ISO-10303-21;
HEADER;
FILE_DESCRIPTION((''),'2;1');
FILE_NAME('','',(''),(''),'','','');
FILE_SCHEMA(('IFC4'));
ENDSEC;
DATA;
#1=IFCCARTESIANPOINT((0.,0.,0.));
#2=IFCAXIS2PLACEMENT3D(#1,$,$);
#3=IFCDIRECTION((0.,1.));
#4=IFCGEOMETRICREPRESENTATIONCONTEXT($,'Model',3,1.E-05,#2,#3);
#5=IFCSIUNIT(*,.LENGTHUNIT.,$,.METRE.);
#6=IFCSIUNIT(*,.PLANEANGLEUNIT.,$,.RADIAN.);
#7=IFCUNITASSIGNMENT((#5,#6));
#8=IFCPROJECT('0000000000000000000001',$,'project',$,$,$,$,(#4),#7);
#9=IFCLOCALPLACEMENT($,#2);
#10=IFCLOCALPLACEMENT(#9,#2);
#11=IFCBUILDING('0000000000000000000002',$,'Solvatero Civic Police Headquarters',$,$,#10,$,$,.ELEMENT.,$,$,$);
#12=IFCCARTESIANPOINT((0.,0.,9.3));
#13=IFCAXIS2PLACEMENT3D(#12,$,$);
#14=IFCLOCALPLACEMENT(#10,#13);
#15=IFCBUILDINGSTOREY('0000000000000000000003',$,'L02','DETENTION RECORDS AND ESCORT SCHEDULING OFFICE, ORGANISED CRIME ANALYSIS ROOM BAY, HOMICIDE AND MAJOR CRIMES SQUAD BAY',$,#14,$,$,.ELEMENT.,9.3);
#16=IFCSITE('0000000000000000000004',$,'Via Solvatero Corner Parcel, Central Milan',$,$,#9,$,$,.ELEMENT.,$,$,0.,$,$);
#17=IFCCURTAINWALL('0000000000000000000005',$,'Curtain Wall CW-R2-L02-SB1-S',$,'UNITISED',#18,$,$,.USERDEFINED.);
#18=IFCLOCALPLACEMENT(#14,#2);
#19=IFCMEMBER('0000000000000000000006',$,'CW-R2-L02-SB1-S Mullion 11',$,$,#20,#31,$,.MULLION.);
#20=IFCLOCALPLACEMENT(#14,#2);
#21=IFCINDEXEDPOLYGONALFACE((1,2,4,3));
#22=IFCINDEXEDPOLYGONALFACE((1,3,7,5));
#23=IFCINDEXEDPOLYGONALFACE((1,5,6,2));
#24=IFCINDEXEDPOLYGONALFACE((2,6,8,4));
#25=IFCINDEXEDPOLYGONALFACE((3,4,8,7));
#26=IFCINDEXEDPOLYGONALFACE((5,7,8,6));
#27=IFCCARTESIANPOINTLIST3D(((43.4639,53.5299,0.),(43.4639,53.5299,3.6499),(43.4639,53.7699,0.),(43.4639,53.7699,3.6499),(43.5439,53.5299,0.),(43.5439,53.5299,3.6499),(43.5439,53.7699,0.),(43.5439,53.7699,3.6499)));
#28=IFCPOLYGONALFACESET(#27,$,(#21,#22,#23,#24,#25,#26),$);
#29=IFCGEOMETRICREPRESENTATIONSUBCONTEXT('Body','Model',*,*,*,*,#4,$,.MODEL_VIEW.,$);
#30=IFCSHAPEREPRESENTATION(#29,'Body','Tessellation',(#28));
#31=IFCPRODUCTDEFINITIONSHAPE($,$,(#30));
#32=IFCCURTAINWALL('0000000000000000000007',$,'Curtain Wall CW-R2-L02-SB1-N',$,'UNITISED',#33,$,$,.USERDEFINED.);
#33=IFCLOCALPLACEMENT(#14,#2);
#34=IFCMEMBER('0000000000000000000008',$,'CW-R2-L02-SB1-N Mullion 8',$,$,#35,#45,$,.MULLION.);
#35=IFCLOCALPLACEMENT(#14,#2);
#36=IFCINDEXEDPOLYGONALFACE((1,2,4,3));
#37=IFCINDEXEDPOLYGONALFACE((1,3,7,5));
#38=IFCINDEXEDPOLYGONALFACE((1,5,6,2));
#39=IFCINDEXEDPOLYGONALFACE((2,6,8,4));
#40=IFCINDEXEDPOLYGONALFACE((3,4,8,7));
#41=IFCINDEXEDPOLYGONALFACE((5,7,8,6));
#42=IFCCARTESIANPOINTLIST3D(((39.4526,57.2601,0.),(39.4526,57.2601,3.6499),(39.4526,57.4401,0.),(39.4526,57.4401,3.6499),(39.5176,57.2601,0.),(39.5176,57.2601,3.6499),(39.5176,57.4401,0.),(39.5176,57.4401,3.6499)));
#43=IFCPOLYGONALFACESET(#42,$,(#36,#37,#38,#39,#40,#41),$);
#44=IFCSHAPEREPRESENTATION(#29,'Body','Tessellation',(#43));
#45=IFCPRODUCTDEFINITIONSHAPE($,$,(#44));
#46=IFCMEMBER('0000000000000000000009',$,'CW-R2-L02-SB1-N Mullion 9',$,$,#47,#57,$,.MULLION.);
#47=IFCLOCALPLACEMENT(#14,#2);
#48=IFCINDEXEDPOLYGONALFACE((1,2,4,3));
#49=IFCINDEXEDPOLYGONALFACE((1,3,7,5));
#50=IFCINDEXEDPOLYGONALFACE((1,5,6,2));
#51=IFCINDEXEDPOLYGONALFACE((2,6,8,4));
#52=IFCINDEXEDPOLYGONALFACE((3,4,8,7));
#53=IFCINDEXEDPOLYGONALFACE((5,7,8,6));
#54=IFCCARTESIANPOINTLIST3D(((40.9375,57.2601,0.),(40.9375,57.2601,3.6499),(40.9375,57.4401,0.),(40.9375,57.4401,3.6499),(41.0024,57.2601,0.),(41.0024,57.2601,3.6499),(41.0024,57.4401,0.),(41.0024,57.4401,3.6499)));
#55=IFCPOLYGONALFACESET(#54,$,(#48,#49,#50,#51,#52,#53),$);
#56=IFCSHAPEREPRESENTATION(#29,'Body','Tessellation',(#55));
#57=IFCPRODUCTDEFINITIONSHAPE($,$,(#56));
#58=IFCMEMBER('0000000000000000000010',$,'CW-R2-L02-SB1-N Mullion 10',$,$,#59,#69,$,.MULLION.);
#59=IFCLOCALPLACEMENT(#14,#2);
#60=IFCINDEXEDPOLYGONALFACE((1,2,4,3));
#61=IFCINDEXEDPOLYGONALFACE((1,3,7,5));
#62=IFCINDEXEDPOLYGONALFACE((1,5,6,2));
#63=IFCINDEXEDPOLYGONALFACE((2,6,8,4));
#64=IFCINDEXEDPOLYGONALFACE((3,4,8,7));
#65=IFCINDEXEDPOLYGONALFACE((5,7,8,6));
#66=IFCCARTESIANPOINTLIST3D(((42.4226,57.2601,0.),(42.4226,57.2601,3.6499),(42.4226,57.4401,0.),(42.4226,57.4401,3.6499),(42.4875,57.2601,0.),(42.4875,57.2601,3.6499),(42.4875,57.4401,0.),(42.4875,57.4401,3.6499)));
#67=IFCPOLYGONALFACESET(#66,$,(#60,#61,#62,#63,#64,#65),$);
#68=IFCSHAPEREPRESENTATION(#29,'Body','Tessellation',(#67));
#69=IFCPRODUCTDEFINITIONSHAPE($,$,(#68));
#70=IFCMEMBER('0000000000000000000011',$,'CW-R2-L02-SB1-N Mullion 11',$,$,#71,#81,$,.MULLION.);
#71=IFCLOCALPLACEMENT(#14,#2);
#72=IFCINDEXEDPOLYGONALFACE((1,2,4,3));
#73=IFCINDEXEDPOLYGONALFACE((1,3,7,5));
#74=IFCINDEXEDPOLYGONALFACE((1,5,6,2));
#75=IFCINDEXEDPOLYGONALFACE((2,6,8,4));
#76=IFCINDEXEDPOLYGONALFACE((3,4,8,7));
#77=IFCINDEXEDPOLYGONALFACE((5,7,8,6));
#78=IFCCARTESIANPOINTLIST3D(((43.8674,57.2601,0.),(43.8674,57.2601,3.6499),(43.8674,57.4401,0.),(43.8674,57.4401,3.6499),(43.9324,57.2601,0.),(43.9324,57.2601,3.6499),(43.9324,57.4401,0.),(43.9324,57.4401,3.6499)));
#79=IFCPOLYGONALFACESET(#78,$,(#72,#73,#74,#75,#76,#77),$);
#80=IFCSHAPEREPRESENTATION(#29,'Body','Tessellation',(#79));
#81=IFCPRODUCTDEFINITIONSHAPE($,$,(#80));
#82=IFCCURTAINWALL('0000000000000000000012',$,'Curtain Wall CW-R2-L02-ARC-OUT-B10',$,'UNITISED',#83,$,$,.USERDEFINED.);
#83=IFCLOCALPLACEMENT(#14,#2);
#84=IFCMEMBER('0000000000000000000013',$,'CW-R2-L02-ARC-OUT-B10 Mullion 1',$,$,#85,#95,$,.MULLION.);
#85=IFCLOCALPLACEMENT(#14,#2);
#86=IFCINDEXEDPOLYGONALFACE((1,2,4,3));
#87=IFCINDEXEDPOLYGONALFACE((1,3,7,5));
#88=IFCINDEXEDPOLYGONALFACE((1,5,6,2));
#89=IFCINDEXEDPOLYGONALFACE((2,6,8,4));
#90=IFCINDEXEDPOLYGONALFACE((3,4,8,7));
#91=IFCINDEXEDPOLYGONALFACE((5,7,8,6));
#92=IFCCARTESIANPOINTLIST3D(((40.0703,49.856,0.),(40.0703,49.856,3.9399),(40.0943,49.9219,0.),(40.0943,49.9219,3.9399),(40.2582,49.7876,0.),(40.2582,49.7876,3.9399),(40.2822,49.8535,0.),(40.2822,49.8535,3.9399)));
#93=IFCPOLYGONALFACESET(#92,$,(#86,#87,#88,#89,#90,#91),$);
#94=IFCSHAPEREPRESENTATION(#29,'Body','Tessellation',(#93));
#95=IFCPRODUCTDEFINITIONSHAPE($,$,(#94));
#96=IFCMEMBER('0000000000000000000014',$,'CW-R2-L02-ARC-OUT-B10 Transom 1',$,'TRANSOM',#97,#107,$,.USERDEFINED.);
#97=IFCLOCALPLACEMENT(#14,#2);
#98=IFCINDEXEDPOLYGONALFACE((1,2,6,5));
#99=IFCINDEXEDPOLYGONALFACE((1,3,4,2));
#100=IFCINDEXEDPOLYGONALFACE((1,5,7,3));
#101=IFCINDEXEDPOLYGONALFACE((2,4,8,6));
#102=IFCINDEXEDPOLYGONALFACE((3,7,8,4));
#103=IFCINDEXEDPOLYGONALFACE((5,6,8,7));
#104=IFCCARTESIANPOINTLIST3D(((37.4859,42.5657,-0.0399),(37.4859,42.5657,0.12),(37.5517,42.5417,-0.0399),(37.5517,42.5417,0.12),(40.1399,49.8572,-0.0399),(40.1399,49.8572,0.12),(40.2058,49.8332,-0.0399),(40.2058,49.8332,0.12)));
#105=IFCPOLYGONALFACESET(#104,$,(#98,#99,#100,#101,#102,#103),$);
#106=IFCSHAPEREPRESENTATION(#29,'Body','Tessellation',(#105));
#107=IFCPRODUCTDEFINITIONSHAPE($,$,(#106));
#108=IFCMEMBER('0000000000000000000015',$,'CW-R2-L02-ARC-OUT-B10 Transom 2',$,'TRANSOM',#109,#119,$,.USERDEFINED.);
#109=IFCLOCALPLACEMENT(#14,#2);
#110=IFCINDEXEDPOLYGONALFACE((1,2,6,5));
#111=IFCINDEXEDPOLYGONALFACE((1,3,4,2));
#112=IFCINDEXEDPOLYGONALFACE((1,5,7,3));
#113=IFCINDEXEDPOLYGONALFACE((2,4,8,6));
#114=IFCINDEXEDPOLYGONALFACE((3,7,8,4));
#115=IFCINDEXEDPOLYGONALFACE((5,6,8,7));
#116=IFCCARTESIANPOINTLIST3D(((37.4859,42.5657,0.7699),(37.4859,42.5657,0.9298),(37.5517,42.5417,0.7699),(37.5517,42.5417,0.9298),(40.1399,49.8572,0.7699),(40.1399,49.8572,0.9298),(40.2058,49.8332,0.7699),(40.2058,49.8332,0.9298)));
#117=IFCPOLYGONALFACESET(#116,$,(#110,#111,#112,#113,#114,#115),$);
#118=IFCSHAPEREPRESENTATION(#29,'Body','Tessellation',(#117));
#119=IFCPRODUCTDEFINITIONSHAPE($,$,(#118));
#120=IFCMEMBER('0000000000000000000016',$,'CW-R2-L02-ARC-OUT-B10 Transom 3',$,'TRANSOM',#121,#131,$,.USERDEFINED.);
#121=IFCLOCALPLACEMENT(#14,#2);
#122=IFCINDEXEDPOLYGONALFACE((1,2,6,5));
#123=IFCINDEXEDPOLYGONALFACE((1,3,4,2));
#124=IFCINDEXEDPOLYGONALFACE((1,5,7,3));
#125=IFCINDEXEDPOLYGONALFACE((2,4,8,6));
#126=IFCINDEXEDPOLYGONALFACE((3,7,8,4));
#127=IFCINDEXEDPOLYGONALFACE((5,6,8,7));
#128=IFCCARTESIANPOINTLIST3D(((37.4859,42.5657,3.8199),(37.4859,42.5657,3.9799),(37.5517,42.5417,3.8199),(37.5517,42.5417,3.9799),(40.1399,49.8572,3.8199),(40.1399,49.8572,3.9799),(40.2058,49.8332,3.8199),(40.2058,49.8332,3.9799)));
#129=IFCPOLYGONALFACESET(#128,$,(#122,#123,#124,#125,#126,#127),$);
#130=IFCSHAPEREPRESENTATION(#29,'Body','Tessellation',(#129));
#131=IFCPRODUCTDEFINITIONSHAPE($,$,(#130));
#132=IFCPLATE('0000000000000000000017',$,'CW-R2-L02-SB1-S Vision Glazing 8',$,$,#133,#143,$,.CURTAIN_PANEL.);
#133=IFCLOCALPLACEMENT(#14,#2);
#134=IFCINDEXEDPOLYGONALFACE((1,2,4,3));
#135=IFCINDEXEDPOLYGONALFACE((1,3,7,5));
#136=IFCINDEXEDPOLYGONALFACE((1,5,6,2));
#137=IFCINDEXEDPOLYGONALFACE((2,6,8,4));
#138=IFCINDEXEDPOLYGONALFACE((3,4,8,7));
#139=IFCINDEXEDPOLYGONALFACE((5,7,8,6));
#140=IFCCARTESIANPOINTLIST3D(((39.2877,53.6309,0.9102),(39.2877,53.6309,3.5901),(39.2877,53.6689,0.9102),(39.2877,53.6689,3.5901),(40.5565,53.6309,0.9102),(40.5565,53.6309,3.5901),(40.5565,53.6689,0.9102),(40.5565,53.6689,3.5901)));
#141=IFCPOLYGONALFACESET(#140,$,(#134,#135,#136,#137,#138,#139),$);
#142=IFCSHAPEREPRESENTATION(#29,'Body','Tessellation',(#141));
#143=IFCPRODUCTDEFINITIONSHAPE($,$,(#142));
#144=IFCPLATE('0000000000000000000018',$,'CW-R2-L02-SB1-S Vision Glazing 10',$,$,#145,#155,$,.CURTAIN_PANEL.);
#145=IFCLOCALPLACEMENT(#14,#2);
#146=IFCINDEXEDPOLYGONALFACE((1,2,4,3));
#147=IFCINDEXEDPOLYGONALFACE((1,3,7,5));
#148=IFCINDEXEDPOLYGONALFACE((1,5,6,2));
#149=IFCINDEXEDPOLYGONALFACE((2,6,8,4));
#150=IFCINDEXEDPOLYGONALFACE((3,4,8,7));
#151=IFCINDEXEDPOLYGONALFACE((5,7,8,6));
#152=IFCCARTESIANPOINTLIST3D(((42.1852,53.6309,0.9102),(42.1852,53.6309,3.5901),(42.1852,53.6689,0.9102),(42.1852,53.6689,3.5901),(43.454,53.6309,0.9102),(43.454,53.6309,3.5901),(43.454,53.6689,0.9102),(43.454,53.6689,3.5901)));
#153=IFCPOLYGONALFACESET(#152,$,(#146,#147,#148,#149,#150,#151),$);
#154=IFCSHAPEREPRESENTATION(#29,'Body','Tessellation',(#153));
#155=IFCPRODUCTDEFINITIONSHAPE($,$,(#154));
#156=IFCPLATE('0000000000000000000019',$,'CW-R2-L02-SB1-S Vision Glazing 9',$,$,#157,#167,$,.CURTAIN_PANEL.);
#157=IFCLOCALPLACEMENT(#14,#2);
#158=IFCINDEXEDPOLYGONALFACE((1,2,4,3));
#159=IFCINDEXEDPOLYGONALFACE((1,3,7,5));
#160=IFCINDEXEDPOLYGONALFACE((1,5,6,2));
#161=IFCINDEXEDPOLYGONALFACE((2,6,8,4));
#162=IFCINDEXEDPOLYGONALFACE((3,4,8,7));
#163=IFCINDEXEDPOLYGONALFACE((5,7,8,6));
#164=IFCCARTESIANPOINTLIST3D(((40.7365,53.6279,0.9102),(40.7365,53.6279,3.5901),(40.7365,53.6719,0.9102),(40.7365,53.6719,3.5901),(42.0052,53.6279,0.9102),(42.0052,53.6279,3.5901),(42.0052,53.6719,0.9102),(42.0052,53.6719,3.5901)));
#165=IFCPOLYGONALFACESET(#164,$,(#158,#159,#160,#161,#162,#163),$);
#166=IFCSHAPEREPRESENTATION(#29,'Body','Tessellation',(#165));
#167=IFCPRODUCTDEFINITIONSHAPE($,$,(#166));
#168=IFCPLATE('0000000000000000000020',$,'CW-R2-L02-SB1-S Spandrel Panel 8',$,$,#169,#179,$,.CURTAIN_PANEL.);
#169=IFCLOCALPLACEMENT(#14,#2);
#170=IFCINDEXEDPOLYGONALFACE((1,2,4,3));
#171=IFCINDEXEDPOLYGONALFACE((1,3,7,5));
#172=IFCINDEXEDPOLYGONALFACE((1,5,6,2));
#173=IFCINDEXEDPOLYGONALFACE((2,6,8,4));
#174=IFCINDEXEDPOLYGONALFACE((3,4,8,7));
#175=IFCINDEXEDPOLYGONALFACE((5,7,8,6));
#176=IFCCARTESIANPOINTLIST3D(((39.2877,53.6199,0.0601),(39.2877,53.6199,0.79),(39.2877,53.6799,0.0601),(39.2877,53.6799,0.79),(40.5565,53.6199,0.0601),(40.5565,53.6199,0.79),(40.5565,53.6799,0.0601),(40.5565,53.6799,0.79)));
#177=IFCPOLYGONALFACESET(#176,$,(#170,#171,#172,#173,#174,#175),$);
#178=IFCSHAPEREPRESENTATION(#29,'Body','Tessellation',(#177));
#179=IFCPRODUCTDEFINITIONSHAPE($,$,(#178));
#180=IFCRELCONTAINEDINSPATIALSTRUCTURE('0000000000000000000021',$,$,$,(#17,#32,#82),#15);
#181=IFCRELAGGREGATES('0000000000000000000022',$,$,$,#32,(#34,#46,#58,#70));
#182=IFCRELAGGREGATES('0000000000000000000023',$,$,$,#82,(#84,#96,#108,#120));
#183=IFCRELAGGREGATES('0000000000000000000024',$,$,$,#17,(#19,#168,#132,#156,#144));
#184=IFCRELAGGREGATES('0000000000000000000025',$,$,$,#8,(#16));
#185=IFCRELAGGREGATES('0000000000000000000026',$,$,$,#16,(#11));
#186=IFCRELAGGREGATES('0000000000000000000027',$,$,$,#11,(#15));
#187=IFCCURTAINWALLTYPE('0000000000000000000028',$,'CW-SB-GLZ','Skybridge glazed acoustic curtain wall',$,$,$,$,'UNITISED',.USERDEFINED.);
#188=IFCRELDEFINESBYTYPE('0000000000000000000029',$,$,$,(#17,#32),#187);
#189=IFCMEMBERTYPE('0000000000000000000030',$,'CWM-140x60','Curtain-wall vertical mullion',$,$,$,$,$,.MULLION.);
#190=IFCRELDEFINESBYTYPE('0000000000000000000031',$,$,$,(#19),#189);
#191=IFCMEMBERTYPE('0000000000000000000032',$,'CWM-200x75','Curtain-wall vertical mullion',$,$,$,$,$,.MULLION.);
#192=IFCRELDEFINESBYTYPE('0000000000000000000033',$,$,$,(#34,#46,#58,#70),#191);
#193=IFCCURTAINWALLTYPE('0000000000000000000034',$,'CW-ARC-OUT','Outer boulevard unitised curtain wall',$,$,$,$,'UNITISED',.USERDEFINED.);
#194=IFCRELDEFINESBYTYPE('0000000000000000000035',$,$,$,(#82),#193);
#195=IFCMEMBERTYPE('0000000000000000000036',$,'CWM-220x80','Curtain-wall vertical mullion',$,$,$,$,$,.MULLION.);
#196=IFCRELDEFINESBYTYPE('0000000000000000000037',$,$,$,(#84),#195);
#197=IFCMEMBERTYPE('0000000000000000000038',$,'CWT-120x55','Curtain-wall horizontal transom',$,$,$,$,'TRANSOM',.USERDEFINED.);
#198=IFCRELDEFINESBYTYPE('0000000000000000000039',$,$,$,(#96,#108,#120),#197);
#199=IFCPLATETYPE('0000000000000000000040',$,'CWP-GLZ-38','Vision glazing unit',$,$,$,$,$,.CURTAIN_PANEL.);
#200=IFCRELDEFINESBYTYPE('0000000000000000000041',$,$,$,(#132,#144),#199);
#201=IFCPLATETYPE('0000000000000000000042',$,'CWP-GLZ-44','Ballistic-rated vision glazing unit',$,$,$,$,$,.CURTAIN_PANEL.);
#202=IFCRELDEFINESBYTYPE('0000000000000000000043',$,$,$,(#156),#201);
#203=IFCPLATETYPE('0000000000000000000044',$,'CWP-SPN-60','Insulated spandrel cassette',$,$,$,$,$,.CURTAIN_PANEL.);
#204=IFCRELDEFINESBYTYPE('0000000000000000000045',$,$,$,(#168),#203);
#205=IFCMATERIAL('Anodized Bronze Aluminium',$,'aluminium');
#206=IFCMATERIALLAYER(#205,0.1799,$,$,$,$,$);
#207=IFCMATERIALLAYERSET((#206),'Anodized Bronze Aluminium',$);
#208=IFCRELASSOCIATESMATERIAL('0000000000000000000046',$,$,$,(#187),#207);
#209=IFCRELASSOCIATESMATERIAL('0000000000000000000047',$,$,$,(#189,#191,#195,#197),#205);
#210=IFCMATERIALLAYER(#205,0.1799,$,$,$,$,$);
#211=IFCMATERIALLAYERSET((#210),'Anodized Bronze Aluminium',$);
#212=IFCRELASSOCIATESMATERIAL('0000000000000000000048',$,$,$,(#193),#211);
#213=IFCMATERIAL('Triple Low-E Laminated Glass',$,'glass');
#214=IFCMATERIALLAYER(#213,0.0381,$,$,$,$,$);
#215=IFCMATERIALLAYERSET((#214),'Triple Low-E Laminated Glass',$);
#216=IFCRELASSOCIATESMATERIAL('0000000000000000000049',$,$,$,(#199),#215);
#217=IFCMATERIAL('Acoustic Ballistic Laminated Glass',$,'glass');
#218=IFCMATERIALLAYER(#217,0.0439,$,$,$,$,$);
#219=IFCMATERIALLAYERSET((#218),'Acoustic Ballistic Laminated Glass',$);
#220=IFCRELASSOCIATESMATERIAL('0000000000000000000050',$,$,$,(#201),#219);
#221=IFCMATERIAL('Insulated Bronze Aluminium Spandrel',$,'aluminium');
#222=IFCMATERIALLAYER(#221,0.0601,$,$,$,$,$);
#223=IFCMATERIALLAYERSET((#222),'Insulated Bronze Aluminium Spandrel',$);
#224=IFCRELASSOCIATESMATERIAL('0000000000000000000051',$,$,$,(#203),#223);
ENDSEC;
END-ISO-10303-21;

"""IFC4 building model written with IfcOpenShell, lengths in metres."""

from ifc_helpers import new_model, si_unit, direction, frame, origin, origin_2d, place, context, subcontext, project, spatial, rectangle, extrude, material, layer, layer_set, material_profile, profile_set, type_object, element, aggregate, save


model = new_model("IFC4")

# Units and contexts
model_context = context("Model", 3, precision=1e-05, world=origin(), true_north=direction((0.0, 1.0)))
body_context = subcontext(model_context, "Body", "Model", "MODEL_VIEW")
ifc_project = project(units=[si_unit("LENGTHUNIT", "METRE"), si_unit("PLANEANGLEUNIT", "RADIAN")], contexts=[model_context])

# Site, building, storey
site_placement = place(None, origin())
site = spatial("IfcSite", under=ifc_project, at=site_placement, Name="Via Solvatero Corner Parcel, Central Milan", CompositionType="ELEMENT", RefElevation=0.0)
building_placement = place(site_placement, origin())
building = spatial("IfcBuilding", under=site, at=building_placement, Name="Solvatero Civic Police Headquarters", CompositionType="ELEMENT")
storey_placement = place(building_placement, frame((0.0, 0.0, 9.3)))
storey = spatial("IfcBuildingStorey", under=building, at=storey_placement, Name="L02", Description="DETENTION RECORDS AND ESCORT SCHEDULING OFFICE, ORGANISED CRIME ANALYSIS ROOM BAY, HOMICIDE AND MAJOR CRIMES SQUAD BAY", CompositionType="ELEMENT", Elevation=9.3)

# Curtain walls, members
ifc_material_1 = material(Name="Anodized Bronze Aluminium", Category="aluminium")
ifc_layer_1 = layer(ifc_material_1, 0.1799)
ifc_layer_set_1 = layer_set([ifc_layer_1], Name="Anodized Bronze Aluminium")
curtain_wall_type_1 = type_object("IfcCurtainWallType", Name="CW-SB-GLZ", Description="Skybridge glazed acoustic curtain wall", ElementType="UNITISED", PredefinedType="USERDEFINED", material=ifc_layer_set_1)
curtain_wall_1_placement = place(storey_placement, origin())
curtain_wall_1 = element("IfcCurtainWall", 1, at=curtain_wall_1_placement, inside=storey, type_object=curtain_wall_type_1, Name="Curtain Wall CW-R2-L02-SB1-S", ObjectType="UNITISED", PredefinedType="USERDEFINED")
ifc_material_profile_1 = material_profile(ifc_material_1, rectangle(XDim=0.0801, YDim=0.24, at=origin_2d()), Name="ALU MULLION 80x240")
ifc_profile_set_1 = profile_set([ifc_material_profile_1], Name="Anodized Bronze Aluminium")
member_type_1 = type_object("IfcMemberType", Name="CWM-140x60", Description="Curtain-wall vertical mullion", PredefinedType="MULLION", material=ifc_profile_set_1)
member_1_placement = place(storey_placement, frame((43.5039, 53.6499, 0.0), z_axis=(0.0, 0.0, 1.0), x_axis=(1.0, 0.0, 0.0)))
member_1 = element("IfcMember", 2, at=member_1_placement, type_object=member_type_1, Name="CW-R2-L02-SB1-S Mullion 11", PredefinedType="MULLION", context=body_context, shape_type="SweptSolid", body=[
    extrude(rectangle(XDim=0.0801, YDim=0.24, at=origin_2d()), origin(), (0.0, 0.0, 1.0), 3.6499),
])
curtain_wall_2_placement = place(storey_placement, origin())
curtain_wall_2 = element("IfcCurtainWall", 3, at=curtain_wall_2_placement, inside=storey, type_object=curtain_wall_type_1, Name="Curtain Wall CW-R2-L02-SB1-N", ObjectType="UNITISED", PredefinedType="USERDEFINED")
ifc_material_profile_2 = material_profile(ifc_material_1, rectangle(XDim=0.0649, YDim=0.1799, at=origin_2d()), Name="ALU MULLION 65x180")
ifc_profile_set_2 = profile_set([ifc_material_profile_2], Name="Anodized Bronze Aluminium")
member_type_2 = type_object("IfcMemberType", Name="CWM-200x75", Description="Curtain-wall vertical mullion", PredefinedType="MULLION", material=ifc_profile_set_2)
member_2_placement = place(storey_placement, frame((39.4851, 57.3501, 0.0), z_axis=(0.0, 0.0, 1.0), x_axis=(1.0, 0.0, 0.0)))
member_2 = element("IfcMember", 4, at=member_2_placement, type_object=member_type_2, Name="CW-R2-L02-SB1-N Mullion 8", PredefinedType="MULLION", context=body_context, shape_type="SweptSolid", body=[
    extrude(rectangle(XDim=0.0649, YDim=0.1799, at=origin_2d()), origin(), (0.0, 0.0, 1.0), 3.6499),
])
member_3_placement = place(storey_placement, frame((40.97, 57.3501, 0.0), z_axis=(0.0, 0.0, 1.0), x_axis=(1.0, 0.0, 0.0)))
member_3 = element("IfcMember", 5, at=member_3_placement, type_object=member_type_2, Name="CW-R2-L02-SB1-N Mullion 9", PredefinedType="MULLION", context=body_context, shape_type="SweptSolid", body=[
    extrude(rectangle(XDim=0.0649, YDim=0.1799, at=origin_2d()), origin(), (0.0, 0.0, 1.0), 3.6499),
])
member_4_placement = place(storey_placement, frame((42.4551, 57.3501, 0.0), z_axis=(0.0, 0.0, 1.0), x_axis=(1.0, 0.0, 0.0)))
member_4 = element("IfcMember", 6, at=member_4_placement, type_object=member_type_2, Name="CW-R2-L02-SB1-N Mullion 10", PredefinedType="MULLION", context=body_context, shape_type="SweptSolid", body=[
    extrude(rectangle(XDim=0.0649, YDim=0.1799, at=origin_2d()), origin(), (0.0, 0.0, 1.0), 3.6499),
])
member_5_placement = place(storey_placement, frame((43.8999, 57.3501, 0.0), z_axis=(0.0, 0.0, 1.0), x_axis=(1.0, 0.0, 0.0)))
member_5 = element("IfcMember", 7, at=member_5_placement, type_object=member_type_2, Name="CW-R2-L02-SB1-N Mullion 11", PredefinedType="MULLION", context=body_context, shape_type="SweptSolid", body=[
    extrude(rectangle(XDim=0.0649, YDim=0.1799, at=origin_2d()), origin(), (0.0, 0.0, 1.0), 3.6499),
])
aggregate(curtain_wall_2, [member_2, member_3, member_4, member_5])
ifc_layer_2 = layer(ifc_material_1, 0.1799)
ifc_layer_set_2 = layer_set([ifc_layer_2], Name="Anodized Bronze Aluminium")
curtain_wall_type_2 = type_object("IfcCurtainWallType", Name="CW-ARC-OUT", Description="Outer boulevard unitised curtain wall", ElementType="UNITISED", PredefinedType="USERDEFINED", material=ifc_layer_set_2)
curtain_wall_3_placement = place(storey_placement, origin())
curtain_wall_3 = element("IfcCurtainWall", 8, at=curtain_wall_3_placement, inside=storey, type_object=curtain_wall_type_2, Name="Curtain Wall CW-R2-L02-ARC-OUT-B10", ObjectType="UNITISED", PredefinedType="USERDEFINED")
ifc_material_profile_3 = material_profile(ifc_material_1, rectangle(XDim=0.0701, YDim=0.2, at=origin_2d()), Name="ALU MULLION 70x200")
ifc_profile_set_3 = profile_set([ifc_material_profile_3], Name="Anodized Bronze Aluminium")
member_type_3 = type_object("IfcMemberType", Name="CWM-220x80", Description="Curtain-wall vertical mullion", PredefinedType="MULLION", material=ifc_profile_set_3)
member_6_placement = place(storey_placement, frame((40.1763, 49.8547, 0.0), z_axis=(0.0, 0.0, 1.0), x_axis=(-0.34202, -0.939693, 0.0)))
member_6 = element("IfcMember", 9, at=member_6_placement, type_object=member_type_3, Name="CW-R2-L02-ARC-OUT-B10 Mullion 1", PredefinedType="MULLION", context=body_context, shape_type="SweptSolid", body=[
    extrude(rectangle(XDim=0.0701, YDim=0.2, at=origin_2d()), origin(), (0.0, 0.0, 1.0), 3.9399),
])
ifc_material_profile_4 = material_profile(ifc_material_1, rectangle(XDim=0.0701, YDim=0.1599, at=origin_2d()), Name="ALU TRANSOM 70x160")
ifc_profile_set_4 = profile_set([ifc_material_profile_4], Name="Anodized Bronze Aluminium")
member_type_4 = type_object("IfcMemberType", Name="CWT-120x55", Description="Curtain-wall horizontal transom", ElementType="TRANSOM", PredefinedType="USERDEFINED", material=ifc_profile_set_4)
member_7_placement = place(storey_placement, frame((40.1729, 49.8452, 0.04), z_axis=(-0.342039, -0.939686, 0.0), x_axis=(0.939686, -0.342039, 0.0)))
member_7 = element("IfcMember", 10, at=member_7_placement, type_object=member_type_4, Name="CW-R2-L02-ARC-OUT-B10 Transom 1", ObjectType="TRANSOM", PredefinedType="USERDEFINED", context=body_context, shape_type="SweptSolid", body=[
    extrude(rectangle(XDim=0.0701, YDim=0.1599, at=origin_2d()), origin(), (0.0, 0.0, 1.0), 7.7595),
])
member_8_placement = place(storey_placement, frame((40.1729, 49.8452, 0.8499), z_axis=(-0.342039, -0.939686, 0.0), x_axis=(0.939686, -0.342039, 0.0)))
member_8 = element("IfcMember", 11, at=member_8_placement, type_object=member_type_4, Name="CW-R2-L02-ARC-OUT-B10 Transom 2", ObjectType="TRANSOM", PredefinedType="USERDEFINED", context=body_context, shape_type="SweptSolid", body=[
    extrude(rectangle(XDim=0.0701, YDim=0.1599, at=origin_2d()), origin(), (0.0, 0.0, 1.0), 7.7595),
])
member_9_placement = place(storey_placement, frame((40.1729, 49.8452, 3.8999), z_axis=(-0.342039, -0.939686, 0.0), x_axis=(0.939686, -0.342039, 0.0)))
member_9 = element("IfcMember", 12, at=member_9_placement, type_object=member_type_4, Name="CW-R2-L02-ARC-OUT-B10 Transom 3", ObjectType="TRANSOM", PredefinedType="USERDEFINED", context=body_context, shape_type="SweptSolid", body=[
    extrude(rectangle(XDim=0.0701, YDim=0.1599, at=origin_2d()), origin(), (0.0, 0.0, 1.0), 7.7595),
])
aggregate(curtain_wall_3, [member_6, member_7, member_8, member_9])

# Plates
ifc_material_2 = material(Name="Triple Low-E Laminated Glass", Category="glass")
ifc_layer_3 = layer(ifc_material_2, 0.0381)
ifc_layer_set_3 = layer_set([ifc_layer_3], Name="Triple Low-E Laminated Glass")
plate_type_1 = type_object("IfcPlateType", Name="CWP-GLZ-38", Description="Vision glazing unit", PredefinedType="CURTAIN_PANEL", material=ifc_layer_set_3)
plate_1_placement = place(storey_placement, frame((39.9221, 53.6499, 0.9102), z_axis=(0.0, 0.0, 1.0), x_axis=(1.0, 0.0, 0.0)))
plate_1 = element("IfcPlate", 13, at=plate_1_placement, type_object=plate_type_1, Name="CW-R2-L02-SB1-S Vision Glazing 8", PredefinedType="CURTAIN_PANEL", context=body_context, shape_type="SweptSolid", body=[
    extrude(rectangle(XDim=1.2688, YDim=0.0381, at=origin_2d()), origin(), (0.0, 0.0, 1.0), 2.6799),
])
plate_2_placement = place(storey_placement, frame((42.8196, 53.6499, 0.9102), z_axis=(0.0, 0.0, 1.0), x_axis=(1.0, 0.0, 0.0)))
plate_2 = element("IfcPlate", 14, at=plate_2_placement, type_object=plate_type_1, Name="CW-R2-L02-SB1-S Vision Glazing 10", PredefinedType="CURTAIN_PANEL", context=body_context, shape_type="SweptSolid", body=[
    extrude(rectangle(XDim=1.2688, YDim=0.0381, at=origin_2d()), origin(), (0.0, 0.0, 1.0), 2.6799),
])
ifc_material_3 = material(Name="Acoustic Ballistic Laminated Glass", Category="glass")
ifc_layer_4 = layer(ifc_material_3, 0.0439)
ifc_layer_set_4 = layer_set([ifc_layer_4], Name="Acoustic Ballistic Laminated Glass")
plate_type_2 = type_object("IfcPlateType", Name="CWP-GLZ-44", Description="Ballistic-rated vision glazing unit", PredefinedType="CURTAIN_PANEL", material=ifc_layer_set_4)
plate_3_placement = place(storey_placement, frame((41.3708, 53.6499, 0.9102), z_axis=(0.0, 0.0, 1.0), x_axis=(1.0, 0.0, 0.0)))
plate_3 = element("IfcPlate", 15, at=plate_3_placement, type_object=plate_type_2, Name="CW-R2-L02-SB1-S Vision Glazing 9", PredefinedType="CURTAIN_PANEL", context=body_context, shape_type="SweptSolid", body=[
    extrude(rectangle(XDim=1.2688, YDim=0.0439, at=origin_2d()), origin(), (0.0, 0.0, 1.0), 2.6799),
])
ifc_material_4 = material(Name="Insulated Bronze Aluminium Spandrel", Category="aluminium")
ifc_layer_5 = layer(ifc_material_4, 0.0601)
ifc_layer_set_5 = layer_set([ifc_layer_5], Name="Insulated Bronze Aluminium Spandrel")
plate_type_3 = type_object("IfcPlateType", Name="CWP-SPN-60", Description="Insulated spandrel cassette", PredefinedType="CURTAIN_PANEL", material=ifc_layer_set_5)
plate_4_placement = place(storey_placement, frame((39.9221, 53.6499, 0.0601), z_axis=(0.0, 0.0, 1.0), x_axis=(1.0, 0.0, 0.0)))
plate_4 = element("IfcPlate", 16, at=plate_4_placement, type_object=plate_type_3, Name="CW-R2-L02-SB1-S Spandrel Panel 8", PredefinedType="CURTAIN_PANEL", context=body_context, shape_type="SweptSolid", body=[
    extrude(rectangle(XDim=1.2688, YDim=0.0601, at=origin_2d()), origin(), (0.0, 0.0, 1.0), 0.73),
])
aggregate(curtain_wall_1, [member_1, plate_4, plate_1, plate_3, plate_2])

save(model, "model.ifc")
